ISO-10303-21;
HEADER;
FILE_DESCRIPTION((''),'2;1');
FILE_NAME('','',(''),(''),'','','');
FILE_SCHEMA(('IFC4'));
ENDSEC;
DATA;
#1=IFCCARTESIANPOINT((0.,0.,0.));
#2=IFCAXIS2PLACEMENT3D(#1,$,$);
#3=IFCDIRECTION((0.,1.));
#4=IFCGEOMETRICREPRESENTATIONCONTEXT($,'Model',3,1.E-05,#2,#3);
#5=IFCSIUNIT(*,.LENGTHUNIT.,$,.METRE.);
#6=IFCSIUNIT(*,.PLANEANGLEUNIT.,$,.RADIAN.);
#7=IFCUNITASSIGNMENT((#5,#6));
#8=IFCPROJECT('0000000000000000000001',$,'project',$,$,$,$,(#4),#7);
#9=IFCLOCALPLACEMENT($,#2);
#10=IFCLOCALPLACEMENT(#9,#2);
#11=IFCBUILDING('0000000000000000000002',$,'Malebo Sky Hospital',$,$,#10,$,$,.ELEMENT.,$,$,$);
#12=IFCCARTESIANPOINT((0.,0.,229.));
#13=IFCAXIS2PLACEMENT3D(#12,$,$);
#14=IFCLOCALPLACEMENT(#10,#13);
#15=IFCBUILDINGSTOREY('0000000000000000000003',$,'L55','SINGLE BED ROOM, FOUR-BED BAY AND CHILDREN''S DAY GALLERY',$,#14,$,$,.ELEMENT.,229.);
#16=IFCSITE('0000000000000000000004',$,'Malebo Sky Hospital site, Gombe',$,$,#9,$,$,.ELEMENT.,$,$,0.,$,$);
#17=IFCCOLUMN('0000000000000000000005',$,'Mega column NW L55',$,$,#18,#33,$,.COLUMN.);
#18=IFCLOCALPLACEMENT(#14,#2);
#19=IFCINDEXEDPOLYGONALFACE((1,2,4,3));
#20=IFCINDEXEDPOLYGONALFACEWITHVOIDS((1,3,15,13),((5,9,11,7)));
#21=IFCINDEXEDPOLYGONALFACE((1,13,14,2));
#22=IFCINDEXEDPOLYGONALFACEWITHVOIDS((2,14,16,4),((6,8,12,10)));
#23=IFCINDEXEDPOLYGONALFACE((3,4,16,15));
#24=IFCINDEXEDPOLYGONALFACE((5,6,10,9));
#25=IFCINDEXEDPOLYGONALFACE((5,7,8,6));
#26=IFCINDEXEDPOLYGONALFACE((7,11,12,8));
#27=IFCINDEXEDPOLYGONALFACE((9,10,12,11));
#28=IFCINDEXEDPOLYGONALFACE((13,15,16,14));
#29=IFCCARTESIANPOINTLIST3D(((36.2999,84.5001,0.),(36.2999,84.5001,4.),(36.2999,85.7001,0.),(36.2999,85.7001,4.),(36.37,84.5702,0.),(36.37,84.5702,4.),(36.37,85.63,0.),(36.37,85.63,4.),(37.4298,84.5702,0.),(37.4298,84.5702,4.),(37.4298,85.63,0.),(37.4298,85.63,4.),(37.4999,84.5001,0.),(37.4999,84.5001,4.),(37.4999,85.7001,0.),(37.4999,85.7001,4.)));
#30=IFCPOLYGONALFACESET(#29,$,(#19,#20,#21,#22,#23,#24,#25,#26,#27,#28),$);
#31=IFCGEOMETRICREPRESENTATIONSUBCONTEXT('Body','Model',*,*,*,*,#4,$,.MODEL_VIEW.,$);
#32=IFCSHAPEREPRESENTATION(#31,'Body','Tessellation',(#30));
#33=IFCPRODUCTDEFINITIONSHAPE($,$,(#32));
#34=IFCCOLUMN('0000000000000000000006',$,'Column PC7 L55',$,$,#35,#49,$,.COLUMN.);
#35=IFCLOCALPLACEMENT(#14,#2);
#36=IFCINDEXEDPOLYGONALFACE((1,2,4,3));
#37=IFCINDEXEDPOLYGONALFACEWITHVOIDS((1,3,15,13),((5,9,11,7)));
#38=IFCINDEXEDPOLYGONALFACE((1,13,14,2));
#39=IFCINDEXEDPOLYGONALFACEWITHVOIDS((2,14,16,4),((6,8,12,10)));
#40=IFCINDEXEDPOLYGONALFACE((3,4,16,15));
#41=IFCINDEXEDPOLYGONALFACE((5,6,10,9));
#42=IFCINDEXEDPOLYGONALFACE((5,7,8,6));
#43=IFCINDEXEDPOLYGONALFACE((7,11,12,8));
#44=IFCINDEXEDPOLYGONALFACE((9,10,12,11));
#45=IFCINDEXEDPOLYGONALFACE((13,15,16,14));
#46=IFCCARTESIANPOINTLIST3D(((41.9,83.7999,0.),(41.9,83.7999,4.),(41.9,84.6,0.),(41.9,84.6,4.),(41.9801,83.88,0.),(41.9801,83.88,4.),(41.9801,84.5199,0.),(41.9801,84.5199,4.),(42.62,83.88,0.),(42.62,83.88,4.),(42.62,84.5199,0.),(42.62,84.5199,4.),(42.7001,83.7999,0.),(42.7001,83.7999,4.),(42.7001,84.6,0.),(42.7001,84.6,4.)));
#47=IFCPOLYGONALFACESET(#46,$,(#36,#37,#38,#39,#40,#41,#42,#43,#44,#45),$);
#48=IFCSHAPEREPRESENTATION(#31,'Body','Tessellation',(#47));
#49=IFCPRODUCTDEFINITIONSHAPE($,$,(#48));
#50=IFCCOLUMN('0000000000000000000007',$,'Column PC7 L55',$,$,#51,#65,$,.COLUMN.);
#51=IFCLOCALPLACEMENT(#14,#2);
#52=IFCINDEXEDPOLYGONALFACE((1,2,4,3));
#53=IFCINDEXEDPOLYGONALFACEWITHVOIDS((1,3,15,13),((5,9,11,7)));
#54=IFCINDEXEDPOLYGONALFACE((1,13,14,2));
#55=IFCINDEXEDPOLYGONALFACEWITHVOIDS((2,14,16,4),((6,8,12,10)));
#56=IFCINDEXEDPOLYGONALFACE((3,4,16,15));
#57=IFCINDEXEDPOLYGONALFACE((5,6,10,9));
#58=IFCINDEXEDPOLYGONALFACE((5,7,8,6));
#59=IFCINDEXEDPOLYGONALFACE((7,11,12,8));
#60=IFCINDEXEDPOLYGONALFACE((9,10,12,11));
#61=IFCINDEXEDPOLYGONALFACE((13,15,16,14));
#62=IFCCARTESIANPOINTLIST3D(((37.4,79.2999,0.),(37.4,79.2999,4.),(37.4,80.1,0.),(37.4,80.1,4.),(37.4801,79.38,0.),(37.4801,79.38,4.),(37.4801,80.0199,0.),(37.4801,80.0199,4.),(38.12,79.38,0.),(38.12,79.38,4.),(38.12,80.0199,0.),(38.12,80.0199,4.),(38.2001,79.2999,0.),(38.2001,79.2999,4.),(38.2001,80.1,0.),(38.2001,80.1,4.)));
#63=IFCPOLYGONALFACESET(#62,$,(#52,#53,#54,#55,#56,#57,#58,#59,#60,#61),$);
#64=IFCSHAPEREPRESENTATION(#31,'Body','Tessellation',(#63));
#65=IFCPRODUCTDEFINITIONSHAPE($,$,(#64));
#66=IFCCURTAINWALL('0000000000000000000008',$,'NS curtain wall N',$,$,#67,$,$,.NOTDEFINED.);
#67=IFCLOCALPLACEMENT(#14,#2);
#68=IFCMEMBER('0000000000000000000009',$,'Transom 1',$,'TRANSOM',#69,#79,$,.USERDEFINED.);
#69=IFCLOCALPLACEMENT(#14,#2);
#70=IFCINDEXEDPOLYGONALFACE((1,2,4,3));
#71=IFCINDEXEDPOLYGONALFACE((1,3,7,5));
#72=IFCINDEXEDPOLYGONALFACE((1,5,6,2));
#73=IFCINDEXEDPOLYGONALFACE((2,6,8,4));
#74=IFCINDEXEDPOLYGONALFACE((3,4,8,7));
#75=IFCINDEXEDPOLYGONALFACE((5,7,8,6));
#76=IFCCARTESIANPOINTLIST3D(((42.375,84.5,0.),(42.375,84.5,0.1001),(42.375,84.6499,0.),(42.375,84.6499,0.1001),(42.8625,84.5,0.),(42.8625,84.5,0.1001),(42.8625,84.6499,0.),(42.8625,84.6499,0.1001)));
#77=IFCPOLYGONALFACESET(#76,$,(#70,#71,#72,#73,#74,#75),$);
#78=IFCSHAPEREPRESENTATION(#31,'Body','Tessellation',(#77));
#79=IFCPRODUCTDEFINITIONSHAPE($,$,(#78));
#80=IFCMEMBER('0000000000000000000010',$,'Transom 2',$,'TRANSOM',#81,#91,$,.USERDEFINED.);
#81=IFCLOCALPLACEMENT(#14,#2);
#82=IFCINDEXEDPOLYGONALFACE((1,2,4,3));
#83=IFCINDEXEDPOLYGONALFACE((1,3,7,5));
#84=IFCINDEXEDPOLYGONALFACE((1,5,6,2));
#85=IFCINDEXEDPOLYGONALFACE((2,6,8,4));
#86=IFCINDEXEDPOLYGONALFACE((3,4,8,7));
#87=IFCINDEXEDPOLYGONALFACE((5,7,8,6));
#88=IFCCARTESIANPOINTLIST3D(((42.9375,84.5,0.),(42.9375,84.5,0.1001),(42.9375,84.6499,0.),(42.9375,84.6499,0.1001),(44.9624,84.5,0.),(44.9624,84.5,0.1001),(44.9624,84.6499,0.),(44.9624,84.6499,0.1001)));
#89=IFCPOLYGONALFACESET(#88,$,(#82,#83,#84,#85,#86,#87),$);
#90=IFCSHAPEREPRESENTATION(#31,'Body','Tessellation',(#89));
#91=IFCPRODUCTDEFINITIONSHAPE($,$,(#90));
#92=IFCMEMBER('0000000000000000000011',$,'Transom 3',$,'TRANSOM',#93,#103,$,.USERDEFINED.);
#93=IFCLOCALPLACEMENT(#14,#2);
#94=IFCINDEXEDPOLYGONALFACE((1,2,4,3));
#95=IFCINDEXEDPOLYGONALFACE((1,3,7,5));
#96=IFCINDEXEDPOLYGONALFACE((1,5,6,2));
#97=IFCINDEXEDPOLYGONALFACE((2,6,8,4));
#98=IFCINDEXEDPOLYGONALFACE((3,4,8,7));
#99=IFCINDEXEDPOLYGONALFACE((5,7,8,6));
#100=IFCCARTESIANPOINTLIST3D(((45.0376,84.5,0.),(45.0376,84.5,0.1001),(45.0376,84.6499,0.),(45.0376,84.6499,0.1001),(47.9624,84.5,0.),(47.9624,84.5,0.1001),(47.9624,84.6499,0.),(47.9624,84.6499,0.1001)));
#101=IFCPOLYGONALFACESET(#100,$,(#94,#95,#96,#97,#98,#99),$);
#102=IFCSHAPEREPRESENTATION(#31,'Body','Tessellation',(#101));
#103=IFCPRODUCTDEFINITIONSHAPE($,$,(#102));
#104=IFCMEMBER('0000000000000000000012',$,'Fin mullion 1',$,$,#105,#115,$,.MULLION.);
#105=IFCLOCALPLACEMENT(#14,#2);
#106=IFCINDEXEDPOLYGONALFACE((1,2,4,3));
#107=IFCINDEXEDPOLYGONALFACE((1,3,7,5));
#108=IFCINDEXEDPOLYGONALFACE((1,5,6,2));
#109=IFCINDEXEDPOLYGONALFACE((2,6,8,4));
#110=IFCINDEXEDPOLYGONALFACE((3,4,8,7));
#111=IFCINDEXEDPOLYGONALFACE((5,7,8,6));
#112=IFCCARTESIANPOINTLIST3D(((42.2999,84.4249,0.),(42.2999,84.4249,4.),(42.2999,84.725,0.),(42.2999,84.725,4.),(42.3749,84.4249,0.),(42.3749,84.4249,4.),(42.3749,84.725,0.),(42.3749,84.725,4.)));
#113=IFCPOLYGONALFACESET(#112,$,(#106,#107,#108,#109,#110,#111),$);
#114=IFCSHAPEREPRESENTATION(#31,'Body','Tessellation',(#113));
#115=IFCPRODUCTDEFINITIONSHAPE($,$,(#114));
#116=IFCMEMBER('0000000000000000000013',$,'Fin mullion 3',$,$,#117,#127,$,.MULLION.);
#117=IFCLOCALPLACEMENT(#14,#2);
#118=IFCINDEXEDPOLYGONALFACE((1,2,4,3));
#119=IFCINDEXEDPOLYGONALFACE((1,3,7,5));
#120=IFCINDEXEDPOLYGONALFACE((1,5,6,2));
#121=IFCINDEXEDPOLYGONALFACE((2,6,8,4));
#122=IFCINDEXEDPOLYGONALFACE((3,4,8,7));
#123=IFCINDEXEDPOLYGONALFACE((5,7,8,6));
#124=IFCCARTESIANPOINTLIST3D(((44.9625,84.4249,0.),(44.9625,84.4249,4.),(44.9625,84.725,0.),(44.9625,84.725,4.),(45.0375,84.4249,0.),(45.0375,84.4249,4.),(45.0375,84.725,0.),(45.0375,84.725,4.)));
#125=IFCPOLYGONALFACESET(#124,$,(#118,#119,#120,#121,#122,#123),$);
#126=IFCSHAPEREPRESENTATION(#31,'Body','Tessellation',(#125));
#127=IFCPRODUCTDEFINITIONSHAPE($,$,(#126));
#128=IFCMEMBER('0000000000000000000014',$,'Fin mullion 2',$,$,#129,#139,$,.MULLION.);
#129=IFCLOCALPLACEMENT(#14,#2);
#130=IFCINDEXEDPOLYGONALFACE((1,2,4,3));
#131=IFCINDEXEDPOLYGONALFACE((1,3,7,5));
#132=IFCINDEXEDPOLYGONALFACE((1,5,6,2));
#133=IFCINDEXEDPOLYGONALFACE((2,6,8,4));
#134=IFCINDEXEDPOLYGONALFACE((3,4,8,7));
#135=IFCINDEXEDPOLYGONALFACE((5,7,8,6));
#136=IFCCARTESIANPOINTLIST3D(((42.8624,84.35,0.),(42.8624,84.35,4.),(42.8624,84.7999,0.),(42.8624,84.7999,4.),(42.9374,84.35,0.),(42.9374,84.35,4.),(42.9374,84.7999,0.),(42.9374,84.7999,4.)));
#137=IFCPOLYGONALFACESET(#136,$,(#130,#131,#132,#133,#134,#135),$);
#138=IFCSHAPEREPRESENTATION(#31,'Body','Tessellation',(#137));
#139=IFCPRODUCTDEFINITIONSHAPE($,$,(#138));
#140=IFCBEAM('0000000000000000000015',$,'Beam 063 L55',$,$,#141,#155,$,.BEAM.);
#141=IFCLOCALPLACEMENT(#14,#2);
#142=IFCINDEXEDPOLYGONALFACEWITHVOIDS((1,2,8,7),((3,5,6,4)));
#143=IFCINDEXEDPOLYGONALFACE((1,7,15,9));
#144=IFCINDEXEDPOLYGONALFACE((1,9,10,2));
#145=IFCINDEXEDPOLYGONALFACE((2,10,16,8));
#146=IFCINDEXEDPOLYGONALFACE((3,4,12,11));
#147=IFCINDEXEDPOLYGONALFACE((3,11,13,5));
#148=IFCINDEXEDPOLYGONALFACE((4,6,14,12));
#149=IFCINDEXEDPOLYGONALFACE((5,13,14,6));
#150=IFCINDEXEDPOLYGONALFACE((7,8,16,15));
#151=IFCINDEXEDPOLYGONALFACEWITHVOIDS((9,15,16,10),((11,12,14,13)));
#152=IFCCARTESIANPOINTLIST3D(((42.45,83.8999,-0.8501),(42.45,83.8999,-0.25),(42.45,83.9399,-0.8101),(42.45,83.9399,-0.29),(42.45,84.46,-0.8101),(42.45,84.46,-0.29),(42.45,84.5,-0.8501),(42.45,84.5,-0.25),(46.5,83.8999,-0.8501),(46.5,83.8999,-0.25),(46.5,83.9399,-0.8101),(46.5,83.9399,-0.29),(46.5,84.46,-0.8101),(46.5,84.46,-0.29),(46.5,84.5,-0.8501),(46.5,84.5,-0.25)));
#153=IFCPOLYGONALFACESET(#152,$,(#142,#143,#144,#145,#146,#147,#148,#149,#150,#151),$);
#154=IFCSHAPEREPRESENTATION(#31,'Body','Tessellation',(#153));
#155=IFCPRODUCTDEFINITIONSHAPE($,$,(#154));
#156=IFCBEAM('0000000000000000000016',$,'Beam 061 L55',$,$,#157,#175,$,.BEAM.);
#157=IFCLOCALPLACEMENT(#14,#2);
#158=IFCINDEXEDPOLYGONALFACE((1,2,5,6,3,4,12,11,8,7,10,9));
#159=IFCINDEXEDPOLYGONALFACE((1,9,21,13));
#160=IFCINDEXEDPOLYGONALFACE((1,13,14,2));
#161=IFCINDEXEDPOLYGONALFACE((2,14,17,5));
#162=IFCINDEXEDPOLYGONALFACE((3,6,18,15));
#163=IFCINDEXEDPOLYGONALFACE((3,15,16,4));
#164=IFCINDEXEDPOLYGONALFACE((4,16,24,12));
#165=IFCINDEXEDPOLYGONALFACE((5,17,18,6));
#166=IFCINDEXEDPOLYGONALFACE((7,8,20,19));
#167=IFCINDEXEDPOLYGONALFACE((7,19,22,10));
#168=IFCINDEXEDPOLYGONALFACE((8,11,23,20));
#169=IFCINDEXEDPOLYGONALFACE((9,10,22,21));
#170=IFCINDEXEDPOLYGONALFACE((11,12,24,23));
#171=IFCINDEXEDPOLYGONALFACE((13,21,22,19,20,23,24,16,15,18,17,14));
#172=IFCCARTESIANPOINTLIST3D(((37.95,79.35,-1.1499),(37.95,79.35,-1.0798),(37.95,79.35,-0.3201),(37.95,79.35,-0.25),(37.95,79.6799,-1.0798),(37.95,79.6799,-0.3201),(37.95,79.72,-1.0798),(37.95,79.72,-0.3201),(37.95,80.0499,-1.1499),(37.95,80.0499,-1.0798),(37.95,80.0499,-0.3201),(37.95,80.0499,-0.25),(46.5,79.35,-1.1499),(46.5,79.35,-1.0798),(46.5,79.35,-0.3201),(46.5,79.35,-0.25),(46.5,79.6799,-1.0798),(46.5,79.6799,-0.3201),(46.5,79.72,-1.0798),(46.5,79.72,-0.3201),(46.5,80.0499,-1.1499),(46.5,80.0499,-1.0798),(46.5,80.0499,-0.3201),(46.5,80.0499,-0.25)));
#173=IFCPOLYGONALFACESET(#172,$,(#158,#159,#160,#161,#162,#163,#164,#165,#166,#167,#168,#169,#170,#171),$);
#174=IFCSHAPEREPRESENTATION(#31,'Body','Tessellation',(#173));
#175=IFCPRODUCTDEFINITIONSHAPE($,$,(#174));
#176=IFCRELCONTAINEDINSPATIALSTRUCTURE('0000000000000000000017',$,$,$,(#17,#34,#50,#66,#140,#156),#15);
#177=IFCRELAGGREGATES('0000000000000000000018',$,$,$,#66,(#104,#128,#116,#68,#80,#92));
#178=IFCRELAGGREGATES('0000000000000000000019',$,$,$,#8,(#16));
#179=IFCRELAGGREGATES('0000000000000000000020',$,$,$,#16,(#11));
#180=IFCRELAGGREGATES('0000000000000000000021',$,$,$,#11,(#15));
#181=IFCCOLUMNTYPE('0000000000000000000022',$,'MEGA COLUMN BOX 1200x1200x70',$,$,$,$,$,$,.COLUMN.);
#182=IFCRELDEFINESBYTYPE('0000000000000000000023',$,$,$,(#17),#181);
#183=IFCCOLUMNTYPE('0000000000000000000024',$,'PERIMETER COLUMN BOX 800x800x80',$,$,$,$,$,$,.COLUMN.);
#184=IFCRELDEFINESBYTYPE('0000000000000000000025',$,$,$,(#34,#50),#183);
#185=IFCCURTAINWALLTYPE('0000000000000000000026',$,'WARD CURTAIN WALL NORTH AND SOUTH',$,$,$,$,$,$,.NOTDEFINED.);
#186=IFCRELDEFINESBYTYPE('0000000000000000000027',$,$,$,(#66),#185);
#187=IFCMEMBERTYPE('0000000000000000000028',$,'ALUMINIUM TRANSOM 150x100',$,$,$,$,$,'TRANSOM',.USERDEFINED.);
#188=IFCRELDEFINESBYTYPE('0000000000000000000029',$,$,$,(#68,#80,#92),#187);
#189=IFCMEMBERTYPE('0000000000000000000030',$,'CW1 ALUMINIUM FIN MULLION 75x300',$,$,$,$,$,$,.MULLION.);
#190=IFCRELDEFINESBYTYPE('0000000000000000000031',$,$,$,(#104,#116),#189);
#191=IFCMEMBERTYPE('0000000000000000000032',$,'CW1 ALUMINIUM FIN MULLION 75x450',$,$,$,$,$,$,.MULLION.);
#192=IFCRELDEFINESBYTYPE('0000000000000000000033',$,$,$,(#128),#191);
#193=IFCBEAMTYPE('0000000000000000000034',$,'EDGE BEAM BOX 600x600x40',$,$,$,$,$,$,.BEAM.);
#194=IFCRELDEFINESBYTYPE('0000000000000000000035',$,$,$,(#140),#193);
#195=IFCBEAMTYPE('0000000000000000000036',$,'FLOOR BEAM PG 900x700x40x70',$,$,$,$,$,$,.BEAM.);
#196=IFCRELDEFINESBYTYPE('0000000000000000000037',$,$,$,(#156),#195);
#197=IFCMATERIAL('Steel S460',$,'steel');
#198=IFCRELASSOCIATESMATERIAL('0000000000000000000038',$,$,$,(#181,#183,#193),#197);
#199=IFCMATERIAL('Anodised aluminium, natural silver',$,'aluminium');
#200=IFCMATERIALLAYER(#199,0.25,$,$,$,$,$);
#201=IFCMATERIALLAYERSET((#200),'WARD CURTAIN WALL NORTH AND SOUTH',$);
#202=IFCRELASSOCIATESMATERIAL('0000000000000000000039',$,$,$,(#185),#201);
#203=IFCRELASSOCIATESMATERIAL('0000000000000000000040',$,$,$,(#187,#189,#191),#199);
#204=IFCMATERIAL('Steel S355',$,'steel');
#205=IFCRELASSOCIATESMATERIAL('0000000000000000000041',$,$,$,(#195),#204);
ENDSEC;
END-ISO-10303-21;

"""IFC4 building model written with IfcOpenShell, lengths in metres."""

from ifc_helpers import new_model, si_unit, direction, frame, origin, origin_2d, place, context, subcontext, project, spatial, rectangle, hollow_rectangle, i_section, extrude, material, layer, layer_set, material_profile, profile_set, type_object, element, aggregate, save


model = new_model("IFC4")

# Units and contexts
model_context = context("Model", 3, precision=1e-05, world=origin(), true_north=direction((0.0, 1.0)))
body_context = subcontext(model_context, "Body", "Model", "MODEL_VIEW")
ifc_project = project(units=[si_unit("LENGTHUNIT", "METRE"), si_unit("PLANEANGLEUNIT", "RADIAN")], contexts=[model_context])

# Site, building, storey
site_placement = place(None, origin())
site = spatial("IfcSite", under=ifc_project, at=site_placement, Name="Malebo Sky Hospital site, Gombe", CompositionType="ELEMENT", RefElevation=0.0)
building_placement = place(site_placement, origin())
building = spatial("IfcBuilding", under=site, at=building_placement, Name="Malebo Sky Hospital", CompositionType="ELEMENT")
storey_placement = place(building_placement, frame((0.0, 0.0, 229.0)))
storey = spatial("IfcBuildingStorey", under=building, at=storey_placement, Name="L55", Description="SINGLE BED ROOM, FOUR-BED BAY AND CHILDREN'S DAY GALLERY", CompositionType="ELEMENT", Elevation=229.0)

# Columns
ifc_material_1 = material(Name="Steel S460", Category="steel")
ifc_material_profile_1 = material_profile(ifc_material_1, hollow_rectangle(XDim=1.2, YDim=1.2, WallThickness=0.0701, at=origin_2d()), Name="BOX 1200x1200x70")
ifc_profile_set_1 = profile_set([ifc_material_profile_1], Name="Steel S460")
column_type_1 = type_object("IfcColumnType", Name="MEGA COLUMN BOX 1200x1200x70", PredefinedType="COLUMN", material=ifc_profile_set_1)
column_placement = place(storey_placement, frame((36.8999, 85.1001, 0.0), z_axis=(0.0, 0.0, 1.0), x_axis=(1.0, 0.0, 0.0)))
element("IfcColumn", 1, at=column_placement, inside=storey, type_object=column_type_1, Name="Mega column NW L55", PredefinedType="COLUMN", context=body_context, shape_type="SweptSolid", body=[
    extrude(hollow_rectangle(XDim=1.2, YDim=1.2, WallThickness=0.0701, at=origin_2d()), origin(), (0.0, 0.0, 1.0), 4.0),
])
ifc_material_profile_2 = material_profile(ifc_material_1, hollow_rectangle(XDim=0.8, YDim=0.8, WallThickness=0.0801, at=origin_2d()), Name="BOX 800x800x80")
ifc_profile_set_2 = profile_set([ifc_material_profile_2], Name="Steel S460")
column_type_2 = type_object("IfcColumnType", Name="PERIMETER COLUMN BOX 800x800x80", PredefinedType="COLUMN", material=ifc_profile_set_2)
for number, where, z_axis, x_axis, name in (
    (2, (42.3, 84.2, 0.0), (0.0, 0.0, 1.0), (1.0, 0.0, 0.0), "Column PC7 L55"),
    (3, (37.8, 79.7, 0.0), (0.0, 0.0, 1.0), (1.0, 0.0, 0.0), "Column PC7 L55"),
):
    element("IfcColumn", number, at=place(storey_placement, frame(where, z_axis=z_axis, x_axis=x_axis)), inside=storey, type_object=column_type_2, Name=name, PredefinedType="COLUMN", context=body_context, shape_type="SweptSolid", body=[
        extrude(hollow_rectangle(XDim=0.8, YDim=0.8, WallThickness=0.0801, at=origin_2d()), origin(), (0.0, 0.0, 1.0), 4.0),
    ])

# Curtain wall, members
ifc_material_2 = material(Name="Anodised aluminium, natural silver", Category="aluminium")
ifc_layer_1 = layer(ifc_material_2, 0.25)
ifc_layer_set_1 = layer_set([ifc_layer_1], Name="WARD CURTAIN WALL NORTH AND SOUTH")
curtain_wall_type = type_object("IfcCurtainWallType", Name="WARD CURTAIN WALL NORTH AND SOUTH", PredefinedType="NOTDEFINED", material=ifc_layer_set_1)
curtain_wall_placement = place(storey_placement, origin())
curtain_wall = element("IfcCurtainWall", 4, at=curtain_wall_placement, inside=storey, type_object=curtain_wall_type, Name="NS curtain wall N", PredefinedType="NOTDEFINED")
ifc_material_profile_3 = material_profile(ifc_material_2, rectangle(XDim=0.1499, YDim=0.1001, at=origin_2d()), Name="ALUMINIUM TRANSOM 150x100")
ifc_profile_set_3 = profile_set([ifc_material_profile_3], Name="Anodised aluminium, natural silver")
member_type_1 = type_object("IfcMemberType", Name="ALUMINIUM TRANSOM 150x100", ElementType="TRANSOM", PredefinedType="USERDEFINED", material=ifc_profile_set_3)
member_1_placement = place(storey_placement, frame((42.375, 84.575, 0.05), z_axis=(1.0, 0.0, 0.0), x_axis=(0.0, 1.0, 0.0)))
member_1 = element("IfcMember", 5, at=member_1_placement, type_object=member_type_1, Name="Transom 1", ObjectType="TRANSOM", PredefinedType="USERDEFINED", context=body_context, shape_type="SweptSolid", body=[
    extrude(rectangle(XDim=0.1499, YDim=0.1001, at=origin_2d()), origin(), (0.0, 0.0, 1.0), 0.4875),
])
member_2_placement = place(storey_placement, frame((42.9375, 84.575, 0.05), z_axis=(1.0, 0.0, 0.0), x_axis=(0.0, 1.0, 0.0)))
member_2 = element("IfcMember", 6, at=member_2_placement, type_object=member_type_1, Name="Transom 2", ObjectType="TRANSOM", PredefinedType="USERDEFINED", context=body_context, shape_type="SweptSolid", body=[
    extrude(rectangle(XDim=0.1499, YDim=0.1001, at=origin_2d()), origin(), (0.0, 0.0, 1.0), 2.0249),
])
member_3_placement = place(storey_placement, frame((45.0376, 84.575, 0.05), z_axis=(1.0, 0.0, 0.0), x_axis=(0.0, 1.0, 0.0)))
member_3 = element("IfcMember", 7, at=member_3_placement, type_object=member_type_1, Name="Transom 3", ObjectType="TRANSOM", PredefinedType="USERDEFINED", context=body_context, shape_type="SweptSolid", body=[
    extrude(rectangle(XDim=0.1499, YDim=0.1001, at=origin_2d()), origin(), (0.0, 0.0, 1.0), 2.9248),
])
ifc_material_profile_4 = material_profile(ifc_material_2, rectangle(XDim=0.075, YDim=0.3, at=origin_2d()), Name="CW1 ALUMINIUM FIN MULLION 75x300")
ifc_profile_set_4 = profile_set([ifc_material_profile_4], Name="Anodised aluminium, natural silver")
member_type_2 = type_object("IfcMemberType", Name="CW1 ALUMINIUM FIN MULLION 75x300", PredefinedType="MULLION", material=ifc_profile_set_4)
member_4_placement = place(storey_placement, frame((42.3374, 84.575, 0.0), z_axis=(0.0, 0.0, 1.0), x_axis=(1.0, 0.0, 0.0)))
member_4 = element("IfcMember", 8, at=member_4_placement, type_object=member_type_2, Name="Fin mullion 1", PredefinedType="MULLION", context=body_context, shape_type="SweptSolid", body=[
    extrude(rectangle(XDim=0.075, YDim=0.3, at=origin_2d()), origin(), (0.0, 0.0, 1.0), 4.0),
])
member_5_placement = place(storey_placement, frame((45.0, 84.575, 0.0), z_axis=(0.0, 0.0, 1.0), x_axis=(1.0, 0.0, 0.0)))
member_5 = element("IfcMember", 9, at=member_5_placement, type_object=member_type_2, Name="Fin mullion 3", PredefinedType="MULLION", context=body_context, shape_type="SweptSolid", body=[
    extrude(rectangle(XDim=0.075, YDim=0.3, at=origin_2d()), origin(), (0.0, 0.0, 1.0), 4.0),
])
ifc_material_profile_5 = material_profile(ifc_material_2, rectangle(XDim=0.075, YDim=0.45, at=origin_2d()), Name="CW1 ALUMINIUM FIN MULLION 75x450")
ifc_profile_set_5 = profile_set([ifc_material_profile_5], Name="Anodised aluminium, natural silver")
member_type_3 = type_object("IfcMemberType", Name="CW1 ALUMINIUM FIN MULLION 75x450", PredefinedType="MULLION", material=ifc_profile_set_5)
member_6_placement = place(storey_placement, frame((42.8999, 84.575, 0.0), z_axis=(0.0, 0.0, 1.0), x_axis=(1.0, 0.0, 0.0)))
member_6 = element("IfcMember", 10, at=member_6_placement, type_object=member_type_3, Name="Fin mullion 2", PredefinedType="MULLION", context=body_context, shape_type="SweptSolid", body=[
    extrude(rectangle(XDim=0.075, YDim=0.45, at=origin_2d()), origin(), (0.0, 0.0, 1.0), 4.0),
])

# Beams
ifc_material_profile_6 = material_profile(ifc_material_1, hollow_rectangle(XDim=0.6001, YDim=0.6001, WallThickness=0.04, at=origin_2d()), Name="BOX 600x600x40")
ifc_profile_set_6 = profile_set([ifc_material_profile_6], Name="Steel S460")
beam_type_1 = type_object("IfcBeamType", Name="EDGE BEAM BOX 600x600x40", PredefinedType="BEAM", material=ifc_profile_set_6)
beam_1_placement = place(storey_placement, frame((42.45, 84.2, -0.55), z_axis=(1.0, 0.0, 0.0), x_axis=(0.0, 1.0, 0.0)))
element("IfcBeam", 11, at=beam_1_placement, inside=storey, type_object=beam_type_1, Name="Beam 063 L55", PredefinedType="BEAM", context=body_context, shape_type="SweptSolid", body=[
    extrude(hollow_rectangle(XDim=0.6001, YDim=0.6001, WallThickness=0.04, at=origin_2d()), origin(), (0.0, 0.0, 1.0), 4.05),
])
ifc_material_3 = material(Name="Steel S355", Category="steel")
ifc_material_profile_7 = material_profile(ifc_material_3, i_section(OverallWidth=0.7, OverallDepth=0.8999, WebThickness=0.04, FlangeThickness=0.0701, at=origin_2d()), Name="PG 900x700x40x70")
ifc_profile_set_7 = profile_set([ifc_material_profile_7], Name="Steel S355")
beam_type_2 = type_object("IfcBeamType", Name="FLOOR BEAM PG 900x700x40x70", PredefinedType="BEAM", material=ifc_profile_set_7)
beam_2_placement = place(storey_placement, frame((37.95, 79.7, -0.7), z_axis=(1.0, 0.0, 0.0), x_axis=(0.0, 1.0, 0.0)))
element("IfcBeam", 12, at=beam_2_placement, inside=storey, type_object=beam_type_2, Name="Beam 061 L55", PredefinedType="BEAM", context=body_context, shape_type="SweptSolid", body=[
    extrude(i_section(OverallWidth=0.7, OverallDepth=0.8999, WebThickness=0.04, FlangeThickness=0.0701, at=origin_2d()), origin(), (0.0, 0.0, 1.0), 8.55),
])

aggregate(curtain_wall, [member_4, member_6, member_5, member_1, member_2, member_3])

save(model, "model.ifc")
